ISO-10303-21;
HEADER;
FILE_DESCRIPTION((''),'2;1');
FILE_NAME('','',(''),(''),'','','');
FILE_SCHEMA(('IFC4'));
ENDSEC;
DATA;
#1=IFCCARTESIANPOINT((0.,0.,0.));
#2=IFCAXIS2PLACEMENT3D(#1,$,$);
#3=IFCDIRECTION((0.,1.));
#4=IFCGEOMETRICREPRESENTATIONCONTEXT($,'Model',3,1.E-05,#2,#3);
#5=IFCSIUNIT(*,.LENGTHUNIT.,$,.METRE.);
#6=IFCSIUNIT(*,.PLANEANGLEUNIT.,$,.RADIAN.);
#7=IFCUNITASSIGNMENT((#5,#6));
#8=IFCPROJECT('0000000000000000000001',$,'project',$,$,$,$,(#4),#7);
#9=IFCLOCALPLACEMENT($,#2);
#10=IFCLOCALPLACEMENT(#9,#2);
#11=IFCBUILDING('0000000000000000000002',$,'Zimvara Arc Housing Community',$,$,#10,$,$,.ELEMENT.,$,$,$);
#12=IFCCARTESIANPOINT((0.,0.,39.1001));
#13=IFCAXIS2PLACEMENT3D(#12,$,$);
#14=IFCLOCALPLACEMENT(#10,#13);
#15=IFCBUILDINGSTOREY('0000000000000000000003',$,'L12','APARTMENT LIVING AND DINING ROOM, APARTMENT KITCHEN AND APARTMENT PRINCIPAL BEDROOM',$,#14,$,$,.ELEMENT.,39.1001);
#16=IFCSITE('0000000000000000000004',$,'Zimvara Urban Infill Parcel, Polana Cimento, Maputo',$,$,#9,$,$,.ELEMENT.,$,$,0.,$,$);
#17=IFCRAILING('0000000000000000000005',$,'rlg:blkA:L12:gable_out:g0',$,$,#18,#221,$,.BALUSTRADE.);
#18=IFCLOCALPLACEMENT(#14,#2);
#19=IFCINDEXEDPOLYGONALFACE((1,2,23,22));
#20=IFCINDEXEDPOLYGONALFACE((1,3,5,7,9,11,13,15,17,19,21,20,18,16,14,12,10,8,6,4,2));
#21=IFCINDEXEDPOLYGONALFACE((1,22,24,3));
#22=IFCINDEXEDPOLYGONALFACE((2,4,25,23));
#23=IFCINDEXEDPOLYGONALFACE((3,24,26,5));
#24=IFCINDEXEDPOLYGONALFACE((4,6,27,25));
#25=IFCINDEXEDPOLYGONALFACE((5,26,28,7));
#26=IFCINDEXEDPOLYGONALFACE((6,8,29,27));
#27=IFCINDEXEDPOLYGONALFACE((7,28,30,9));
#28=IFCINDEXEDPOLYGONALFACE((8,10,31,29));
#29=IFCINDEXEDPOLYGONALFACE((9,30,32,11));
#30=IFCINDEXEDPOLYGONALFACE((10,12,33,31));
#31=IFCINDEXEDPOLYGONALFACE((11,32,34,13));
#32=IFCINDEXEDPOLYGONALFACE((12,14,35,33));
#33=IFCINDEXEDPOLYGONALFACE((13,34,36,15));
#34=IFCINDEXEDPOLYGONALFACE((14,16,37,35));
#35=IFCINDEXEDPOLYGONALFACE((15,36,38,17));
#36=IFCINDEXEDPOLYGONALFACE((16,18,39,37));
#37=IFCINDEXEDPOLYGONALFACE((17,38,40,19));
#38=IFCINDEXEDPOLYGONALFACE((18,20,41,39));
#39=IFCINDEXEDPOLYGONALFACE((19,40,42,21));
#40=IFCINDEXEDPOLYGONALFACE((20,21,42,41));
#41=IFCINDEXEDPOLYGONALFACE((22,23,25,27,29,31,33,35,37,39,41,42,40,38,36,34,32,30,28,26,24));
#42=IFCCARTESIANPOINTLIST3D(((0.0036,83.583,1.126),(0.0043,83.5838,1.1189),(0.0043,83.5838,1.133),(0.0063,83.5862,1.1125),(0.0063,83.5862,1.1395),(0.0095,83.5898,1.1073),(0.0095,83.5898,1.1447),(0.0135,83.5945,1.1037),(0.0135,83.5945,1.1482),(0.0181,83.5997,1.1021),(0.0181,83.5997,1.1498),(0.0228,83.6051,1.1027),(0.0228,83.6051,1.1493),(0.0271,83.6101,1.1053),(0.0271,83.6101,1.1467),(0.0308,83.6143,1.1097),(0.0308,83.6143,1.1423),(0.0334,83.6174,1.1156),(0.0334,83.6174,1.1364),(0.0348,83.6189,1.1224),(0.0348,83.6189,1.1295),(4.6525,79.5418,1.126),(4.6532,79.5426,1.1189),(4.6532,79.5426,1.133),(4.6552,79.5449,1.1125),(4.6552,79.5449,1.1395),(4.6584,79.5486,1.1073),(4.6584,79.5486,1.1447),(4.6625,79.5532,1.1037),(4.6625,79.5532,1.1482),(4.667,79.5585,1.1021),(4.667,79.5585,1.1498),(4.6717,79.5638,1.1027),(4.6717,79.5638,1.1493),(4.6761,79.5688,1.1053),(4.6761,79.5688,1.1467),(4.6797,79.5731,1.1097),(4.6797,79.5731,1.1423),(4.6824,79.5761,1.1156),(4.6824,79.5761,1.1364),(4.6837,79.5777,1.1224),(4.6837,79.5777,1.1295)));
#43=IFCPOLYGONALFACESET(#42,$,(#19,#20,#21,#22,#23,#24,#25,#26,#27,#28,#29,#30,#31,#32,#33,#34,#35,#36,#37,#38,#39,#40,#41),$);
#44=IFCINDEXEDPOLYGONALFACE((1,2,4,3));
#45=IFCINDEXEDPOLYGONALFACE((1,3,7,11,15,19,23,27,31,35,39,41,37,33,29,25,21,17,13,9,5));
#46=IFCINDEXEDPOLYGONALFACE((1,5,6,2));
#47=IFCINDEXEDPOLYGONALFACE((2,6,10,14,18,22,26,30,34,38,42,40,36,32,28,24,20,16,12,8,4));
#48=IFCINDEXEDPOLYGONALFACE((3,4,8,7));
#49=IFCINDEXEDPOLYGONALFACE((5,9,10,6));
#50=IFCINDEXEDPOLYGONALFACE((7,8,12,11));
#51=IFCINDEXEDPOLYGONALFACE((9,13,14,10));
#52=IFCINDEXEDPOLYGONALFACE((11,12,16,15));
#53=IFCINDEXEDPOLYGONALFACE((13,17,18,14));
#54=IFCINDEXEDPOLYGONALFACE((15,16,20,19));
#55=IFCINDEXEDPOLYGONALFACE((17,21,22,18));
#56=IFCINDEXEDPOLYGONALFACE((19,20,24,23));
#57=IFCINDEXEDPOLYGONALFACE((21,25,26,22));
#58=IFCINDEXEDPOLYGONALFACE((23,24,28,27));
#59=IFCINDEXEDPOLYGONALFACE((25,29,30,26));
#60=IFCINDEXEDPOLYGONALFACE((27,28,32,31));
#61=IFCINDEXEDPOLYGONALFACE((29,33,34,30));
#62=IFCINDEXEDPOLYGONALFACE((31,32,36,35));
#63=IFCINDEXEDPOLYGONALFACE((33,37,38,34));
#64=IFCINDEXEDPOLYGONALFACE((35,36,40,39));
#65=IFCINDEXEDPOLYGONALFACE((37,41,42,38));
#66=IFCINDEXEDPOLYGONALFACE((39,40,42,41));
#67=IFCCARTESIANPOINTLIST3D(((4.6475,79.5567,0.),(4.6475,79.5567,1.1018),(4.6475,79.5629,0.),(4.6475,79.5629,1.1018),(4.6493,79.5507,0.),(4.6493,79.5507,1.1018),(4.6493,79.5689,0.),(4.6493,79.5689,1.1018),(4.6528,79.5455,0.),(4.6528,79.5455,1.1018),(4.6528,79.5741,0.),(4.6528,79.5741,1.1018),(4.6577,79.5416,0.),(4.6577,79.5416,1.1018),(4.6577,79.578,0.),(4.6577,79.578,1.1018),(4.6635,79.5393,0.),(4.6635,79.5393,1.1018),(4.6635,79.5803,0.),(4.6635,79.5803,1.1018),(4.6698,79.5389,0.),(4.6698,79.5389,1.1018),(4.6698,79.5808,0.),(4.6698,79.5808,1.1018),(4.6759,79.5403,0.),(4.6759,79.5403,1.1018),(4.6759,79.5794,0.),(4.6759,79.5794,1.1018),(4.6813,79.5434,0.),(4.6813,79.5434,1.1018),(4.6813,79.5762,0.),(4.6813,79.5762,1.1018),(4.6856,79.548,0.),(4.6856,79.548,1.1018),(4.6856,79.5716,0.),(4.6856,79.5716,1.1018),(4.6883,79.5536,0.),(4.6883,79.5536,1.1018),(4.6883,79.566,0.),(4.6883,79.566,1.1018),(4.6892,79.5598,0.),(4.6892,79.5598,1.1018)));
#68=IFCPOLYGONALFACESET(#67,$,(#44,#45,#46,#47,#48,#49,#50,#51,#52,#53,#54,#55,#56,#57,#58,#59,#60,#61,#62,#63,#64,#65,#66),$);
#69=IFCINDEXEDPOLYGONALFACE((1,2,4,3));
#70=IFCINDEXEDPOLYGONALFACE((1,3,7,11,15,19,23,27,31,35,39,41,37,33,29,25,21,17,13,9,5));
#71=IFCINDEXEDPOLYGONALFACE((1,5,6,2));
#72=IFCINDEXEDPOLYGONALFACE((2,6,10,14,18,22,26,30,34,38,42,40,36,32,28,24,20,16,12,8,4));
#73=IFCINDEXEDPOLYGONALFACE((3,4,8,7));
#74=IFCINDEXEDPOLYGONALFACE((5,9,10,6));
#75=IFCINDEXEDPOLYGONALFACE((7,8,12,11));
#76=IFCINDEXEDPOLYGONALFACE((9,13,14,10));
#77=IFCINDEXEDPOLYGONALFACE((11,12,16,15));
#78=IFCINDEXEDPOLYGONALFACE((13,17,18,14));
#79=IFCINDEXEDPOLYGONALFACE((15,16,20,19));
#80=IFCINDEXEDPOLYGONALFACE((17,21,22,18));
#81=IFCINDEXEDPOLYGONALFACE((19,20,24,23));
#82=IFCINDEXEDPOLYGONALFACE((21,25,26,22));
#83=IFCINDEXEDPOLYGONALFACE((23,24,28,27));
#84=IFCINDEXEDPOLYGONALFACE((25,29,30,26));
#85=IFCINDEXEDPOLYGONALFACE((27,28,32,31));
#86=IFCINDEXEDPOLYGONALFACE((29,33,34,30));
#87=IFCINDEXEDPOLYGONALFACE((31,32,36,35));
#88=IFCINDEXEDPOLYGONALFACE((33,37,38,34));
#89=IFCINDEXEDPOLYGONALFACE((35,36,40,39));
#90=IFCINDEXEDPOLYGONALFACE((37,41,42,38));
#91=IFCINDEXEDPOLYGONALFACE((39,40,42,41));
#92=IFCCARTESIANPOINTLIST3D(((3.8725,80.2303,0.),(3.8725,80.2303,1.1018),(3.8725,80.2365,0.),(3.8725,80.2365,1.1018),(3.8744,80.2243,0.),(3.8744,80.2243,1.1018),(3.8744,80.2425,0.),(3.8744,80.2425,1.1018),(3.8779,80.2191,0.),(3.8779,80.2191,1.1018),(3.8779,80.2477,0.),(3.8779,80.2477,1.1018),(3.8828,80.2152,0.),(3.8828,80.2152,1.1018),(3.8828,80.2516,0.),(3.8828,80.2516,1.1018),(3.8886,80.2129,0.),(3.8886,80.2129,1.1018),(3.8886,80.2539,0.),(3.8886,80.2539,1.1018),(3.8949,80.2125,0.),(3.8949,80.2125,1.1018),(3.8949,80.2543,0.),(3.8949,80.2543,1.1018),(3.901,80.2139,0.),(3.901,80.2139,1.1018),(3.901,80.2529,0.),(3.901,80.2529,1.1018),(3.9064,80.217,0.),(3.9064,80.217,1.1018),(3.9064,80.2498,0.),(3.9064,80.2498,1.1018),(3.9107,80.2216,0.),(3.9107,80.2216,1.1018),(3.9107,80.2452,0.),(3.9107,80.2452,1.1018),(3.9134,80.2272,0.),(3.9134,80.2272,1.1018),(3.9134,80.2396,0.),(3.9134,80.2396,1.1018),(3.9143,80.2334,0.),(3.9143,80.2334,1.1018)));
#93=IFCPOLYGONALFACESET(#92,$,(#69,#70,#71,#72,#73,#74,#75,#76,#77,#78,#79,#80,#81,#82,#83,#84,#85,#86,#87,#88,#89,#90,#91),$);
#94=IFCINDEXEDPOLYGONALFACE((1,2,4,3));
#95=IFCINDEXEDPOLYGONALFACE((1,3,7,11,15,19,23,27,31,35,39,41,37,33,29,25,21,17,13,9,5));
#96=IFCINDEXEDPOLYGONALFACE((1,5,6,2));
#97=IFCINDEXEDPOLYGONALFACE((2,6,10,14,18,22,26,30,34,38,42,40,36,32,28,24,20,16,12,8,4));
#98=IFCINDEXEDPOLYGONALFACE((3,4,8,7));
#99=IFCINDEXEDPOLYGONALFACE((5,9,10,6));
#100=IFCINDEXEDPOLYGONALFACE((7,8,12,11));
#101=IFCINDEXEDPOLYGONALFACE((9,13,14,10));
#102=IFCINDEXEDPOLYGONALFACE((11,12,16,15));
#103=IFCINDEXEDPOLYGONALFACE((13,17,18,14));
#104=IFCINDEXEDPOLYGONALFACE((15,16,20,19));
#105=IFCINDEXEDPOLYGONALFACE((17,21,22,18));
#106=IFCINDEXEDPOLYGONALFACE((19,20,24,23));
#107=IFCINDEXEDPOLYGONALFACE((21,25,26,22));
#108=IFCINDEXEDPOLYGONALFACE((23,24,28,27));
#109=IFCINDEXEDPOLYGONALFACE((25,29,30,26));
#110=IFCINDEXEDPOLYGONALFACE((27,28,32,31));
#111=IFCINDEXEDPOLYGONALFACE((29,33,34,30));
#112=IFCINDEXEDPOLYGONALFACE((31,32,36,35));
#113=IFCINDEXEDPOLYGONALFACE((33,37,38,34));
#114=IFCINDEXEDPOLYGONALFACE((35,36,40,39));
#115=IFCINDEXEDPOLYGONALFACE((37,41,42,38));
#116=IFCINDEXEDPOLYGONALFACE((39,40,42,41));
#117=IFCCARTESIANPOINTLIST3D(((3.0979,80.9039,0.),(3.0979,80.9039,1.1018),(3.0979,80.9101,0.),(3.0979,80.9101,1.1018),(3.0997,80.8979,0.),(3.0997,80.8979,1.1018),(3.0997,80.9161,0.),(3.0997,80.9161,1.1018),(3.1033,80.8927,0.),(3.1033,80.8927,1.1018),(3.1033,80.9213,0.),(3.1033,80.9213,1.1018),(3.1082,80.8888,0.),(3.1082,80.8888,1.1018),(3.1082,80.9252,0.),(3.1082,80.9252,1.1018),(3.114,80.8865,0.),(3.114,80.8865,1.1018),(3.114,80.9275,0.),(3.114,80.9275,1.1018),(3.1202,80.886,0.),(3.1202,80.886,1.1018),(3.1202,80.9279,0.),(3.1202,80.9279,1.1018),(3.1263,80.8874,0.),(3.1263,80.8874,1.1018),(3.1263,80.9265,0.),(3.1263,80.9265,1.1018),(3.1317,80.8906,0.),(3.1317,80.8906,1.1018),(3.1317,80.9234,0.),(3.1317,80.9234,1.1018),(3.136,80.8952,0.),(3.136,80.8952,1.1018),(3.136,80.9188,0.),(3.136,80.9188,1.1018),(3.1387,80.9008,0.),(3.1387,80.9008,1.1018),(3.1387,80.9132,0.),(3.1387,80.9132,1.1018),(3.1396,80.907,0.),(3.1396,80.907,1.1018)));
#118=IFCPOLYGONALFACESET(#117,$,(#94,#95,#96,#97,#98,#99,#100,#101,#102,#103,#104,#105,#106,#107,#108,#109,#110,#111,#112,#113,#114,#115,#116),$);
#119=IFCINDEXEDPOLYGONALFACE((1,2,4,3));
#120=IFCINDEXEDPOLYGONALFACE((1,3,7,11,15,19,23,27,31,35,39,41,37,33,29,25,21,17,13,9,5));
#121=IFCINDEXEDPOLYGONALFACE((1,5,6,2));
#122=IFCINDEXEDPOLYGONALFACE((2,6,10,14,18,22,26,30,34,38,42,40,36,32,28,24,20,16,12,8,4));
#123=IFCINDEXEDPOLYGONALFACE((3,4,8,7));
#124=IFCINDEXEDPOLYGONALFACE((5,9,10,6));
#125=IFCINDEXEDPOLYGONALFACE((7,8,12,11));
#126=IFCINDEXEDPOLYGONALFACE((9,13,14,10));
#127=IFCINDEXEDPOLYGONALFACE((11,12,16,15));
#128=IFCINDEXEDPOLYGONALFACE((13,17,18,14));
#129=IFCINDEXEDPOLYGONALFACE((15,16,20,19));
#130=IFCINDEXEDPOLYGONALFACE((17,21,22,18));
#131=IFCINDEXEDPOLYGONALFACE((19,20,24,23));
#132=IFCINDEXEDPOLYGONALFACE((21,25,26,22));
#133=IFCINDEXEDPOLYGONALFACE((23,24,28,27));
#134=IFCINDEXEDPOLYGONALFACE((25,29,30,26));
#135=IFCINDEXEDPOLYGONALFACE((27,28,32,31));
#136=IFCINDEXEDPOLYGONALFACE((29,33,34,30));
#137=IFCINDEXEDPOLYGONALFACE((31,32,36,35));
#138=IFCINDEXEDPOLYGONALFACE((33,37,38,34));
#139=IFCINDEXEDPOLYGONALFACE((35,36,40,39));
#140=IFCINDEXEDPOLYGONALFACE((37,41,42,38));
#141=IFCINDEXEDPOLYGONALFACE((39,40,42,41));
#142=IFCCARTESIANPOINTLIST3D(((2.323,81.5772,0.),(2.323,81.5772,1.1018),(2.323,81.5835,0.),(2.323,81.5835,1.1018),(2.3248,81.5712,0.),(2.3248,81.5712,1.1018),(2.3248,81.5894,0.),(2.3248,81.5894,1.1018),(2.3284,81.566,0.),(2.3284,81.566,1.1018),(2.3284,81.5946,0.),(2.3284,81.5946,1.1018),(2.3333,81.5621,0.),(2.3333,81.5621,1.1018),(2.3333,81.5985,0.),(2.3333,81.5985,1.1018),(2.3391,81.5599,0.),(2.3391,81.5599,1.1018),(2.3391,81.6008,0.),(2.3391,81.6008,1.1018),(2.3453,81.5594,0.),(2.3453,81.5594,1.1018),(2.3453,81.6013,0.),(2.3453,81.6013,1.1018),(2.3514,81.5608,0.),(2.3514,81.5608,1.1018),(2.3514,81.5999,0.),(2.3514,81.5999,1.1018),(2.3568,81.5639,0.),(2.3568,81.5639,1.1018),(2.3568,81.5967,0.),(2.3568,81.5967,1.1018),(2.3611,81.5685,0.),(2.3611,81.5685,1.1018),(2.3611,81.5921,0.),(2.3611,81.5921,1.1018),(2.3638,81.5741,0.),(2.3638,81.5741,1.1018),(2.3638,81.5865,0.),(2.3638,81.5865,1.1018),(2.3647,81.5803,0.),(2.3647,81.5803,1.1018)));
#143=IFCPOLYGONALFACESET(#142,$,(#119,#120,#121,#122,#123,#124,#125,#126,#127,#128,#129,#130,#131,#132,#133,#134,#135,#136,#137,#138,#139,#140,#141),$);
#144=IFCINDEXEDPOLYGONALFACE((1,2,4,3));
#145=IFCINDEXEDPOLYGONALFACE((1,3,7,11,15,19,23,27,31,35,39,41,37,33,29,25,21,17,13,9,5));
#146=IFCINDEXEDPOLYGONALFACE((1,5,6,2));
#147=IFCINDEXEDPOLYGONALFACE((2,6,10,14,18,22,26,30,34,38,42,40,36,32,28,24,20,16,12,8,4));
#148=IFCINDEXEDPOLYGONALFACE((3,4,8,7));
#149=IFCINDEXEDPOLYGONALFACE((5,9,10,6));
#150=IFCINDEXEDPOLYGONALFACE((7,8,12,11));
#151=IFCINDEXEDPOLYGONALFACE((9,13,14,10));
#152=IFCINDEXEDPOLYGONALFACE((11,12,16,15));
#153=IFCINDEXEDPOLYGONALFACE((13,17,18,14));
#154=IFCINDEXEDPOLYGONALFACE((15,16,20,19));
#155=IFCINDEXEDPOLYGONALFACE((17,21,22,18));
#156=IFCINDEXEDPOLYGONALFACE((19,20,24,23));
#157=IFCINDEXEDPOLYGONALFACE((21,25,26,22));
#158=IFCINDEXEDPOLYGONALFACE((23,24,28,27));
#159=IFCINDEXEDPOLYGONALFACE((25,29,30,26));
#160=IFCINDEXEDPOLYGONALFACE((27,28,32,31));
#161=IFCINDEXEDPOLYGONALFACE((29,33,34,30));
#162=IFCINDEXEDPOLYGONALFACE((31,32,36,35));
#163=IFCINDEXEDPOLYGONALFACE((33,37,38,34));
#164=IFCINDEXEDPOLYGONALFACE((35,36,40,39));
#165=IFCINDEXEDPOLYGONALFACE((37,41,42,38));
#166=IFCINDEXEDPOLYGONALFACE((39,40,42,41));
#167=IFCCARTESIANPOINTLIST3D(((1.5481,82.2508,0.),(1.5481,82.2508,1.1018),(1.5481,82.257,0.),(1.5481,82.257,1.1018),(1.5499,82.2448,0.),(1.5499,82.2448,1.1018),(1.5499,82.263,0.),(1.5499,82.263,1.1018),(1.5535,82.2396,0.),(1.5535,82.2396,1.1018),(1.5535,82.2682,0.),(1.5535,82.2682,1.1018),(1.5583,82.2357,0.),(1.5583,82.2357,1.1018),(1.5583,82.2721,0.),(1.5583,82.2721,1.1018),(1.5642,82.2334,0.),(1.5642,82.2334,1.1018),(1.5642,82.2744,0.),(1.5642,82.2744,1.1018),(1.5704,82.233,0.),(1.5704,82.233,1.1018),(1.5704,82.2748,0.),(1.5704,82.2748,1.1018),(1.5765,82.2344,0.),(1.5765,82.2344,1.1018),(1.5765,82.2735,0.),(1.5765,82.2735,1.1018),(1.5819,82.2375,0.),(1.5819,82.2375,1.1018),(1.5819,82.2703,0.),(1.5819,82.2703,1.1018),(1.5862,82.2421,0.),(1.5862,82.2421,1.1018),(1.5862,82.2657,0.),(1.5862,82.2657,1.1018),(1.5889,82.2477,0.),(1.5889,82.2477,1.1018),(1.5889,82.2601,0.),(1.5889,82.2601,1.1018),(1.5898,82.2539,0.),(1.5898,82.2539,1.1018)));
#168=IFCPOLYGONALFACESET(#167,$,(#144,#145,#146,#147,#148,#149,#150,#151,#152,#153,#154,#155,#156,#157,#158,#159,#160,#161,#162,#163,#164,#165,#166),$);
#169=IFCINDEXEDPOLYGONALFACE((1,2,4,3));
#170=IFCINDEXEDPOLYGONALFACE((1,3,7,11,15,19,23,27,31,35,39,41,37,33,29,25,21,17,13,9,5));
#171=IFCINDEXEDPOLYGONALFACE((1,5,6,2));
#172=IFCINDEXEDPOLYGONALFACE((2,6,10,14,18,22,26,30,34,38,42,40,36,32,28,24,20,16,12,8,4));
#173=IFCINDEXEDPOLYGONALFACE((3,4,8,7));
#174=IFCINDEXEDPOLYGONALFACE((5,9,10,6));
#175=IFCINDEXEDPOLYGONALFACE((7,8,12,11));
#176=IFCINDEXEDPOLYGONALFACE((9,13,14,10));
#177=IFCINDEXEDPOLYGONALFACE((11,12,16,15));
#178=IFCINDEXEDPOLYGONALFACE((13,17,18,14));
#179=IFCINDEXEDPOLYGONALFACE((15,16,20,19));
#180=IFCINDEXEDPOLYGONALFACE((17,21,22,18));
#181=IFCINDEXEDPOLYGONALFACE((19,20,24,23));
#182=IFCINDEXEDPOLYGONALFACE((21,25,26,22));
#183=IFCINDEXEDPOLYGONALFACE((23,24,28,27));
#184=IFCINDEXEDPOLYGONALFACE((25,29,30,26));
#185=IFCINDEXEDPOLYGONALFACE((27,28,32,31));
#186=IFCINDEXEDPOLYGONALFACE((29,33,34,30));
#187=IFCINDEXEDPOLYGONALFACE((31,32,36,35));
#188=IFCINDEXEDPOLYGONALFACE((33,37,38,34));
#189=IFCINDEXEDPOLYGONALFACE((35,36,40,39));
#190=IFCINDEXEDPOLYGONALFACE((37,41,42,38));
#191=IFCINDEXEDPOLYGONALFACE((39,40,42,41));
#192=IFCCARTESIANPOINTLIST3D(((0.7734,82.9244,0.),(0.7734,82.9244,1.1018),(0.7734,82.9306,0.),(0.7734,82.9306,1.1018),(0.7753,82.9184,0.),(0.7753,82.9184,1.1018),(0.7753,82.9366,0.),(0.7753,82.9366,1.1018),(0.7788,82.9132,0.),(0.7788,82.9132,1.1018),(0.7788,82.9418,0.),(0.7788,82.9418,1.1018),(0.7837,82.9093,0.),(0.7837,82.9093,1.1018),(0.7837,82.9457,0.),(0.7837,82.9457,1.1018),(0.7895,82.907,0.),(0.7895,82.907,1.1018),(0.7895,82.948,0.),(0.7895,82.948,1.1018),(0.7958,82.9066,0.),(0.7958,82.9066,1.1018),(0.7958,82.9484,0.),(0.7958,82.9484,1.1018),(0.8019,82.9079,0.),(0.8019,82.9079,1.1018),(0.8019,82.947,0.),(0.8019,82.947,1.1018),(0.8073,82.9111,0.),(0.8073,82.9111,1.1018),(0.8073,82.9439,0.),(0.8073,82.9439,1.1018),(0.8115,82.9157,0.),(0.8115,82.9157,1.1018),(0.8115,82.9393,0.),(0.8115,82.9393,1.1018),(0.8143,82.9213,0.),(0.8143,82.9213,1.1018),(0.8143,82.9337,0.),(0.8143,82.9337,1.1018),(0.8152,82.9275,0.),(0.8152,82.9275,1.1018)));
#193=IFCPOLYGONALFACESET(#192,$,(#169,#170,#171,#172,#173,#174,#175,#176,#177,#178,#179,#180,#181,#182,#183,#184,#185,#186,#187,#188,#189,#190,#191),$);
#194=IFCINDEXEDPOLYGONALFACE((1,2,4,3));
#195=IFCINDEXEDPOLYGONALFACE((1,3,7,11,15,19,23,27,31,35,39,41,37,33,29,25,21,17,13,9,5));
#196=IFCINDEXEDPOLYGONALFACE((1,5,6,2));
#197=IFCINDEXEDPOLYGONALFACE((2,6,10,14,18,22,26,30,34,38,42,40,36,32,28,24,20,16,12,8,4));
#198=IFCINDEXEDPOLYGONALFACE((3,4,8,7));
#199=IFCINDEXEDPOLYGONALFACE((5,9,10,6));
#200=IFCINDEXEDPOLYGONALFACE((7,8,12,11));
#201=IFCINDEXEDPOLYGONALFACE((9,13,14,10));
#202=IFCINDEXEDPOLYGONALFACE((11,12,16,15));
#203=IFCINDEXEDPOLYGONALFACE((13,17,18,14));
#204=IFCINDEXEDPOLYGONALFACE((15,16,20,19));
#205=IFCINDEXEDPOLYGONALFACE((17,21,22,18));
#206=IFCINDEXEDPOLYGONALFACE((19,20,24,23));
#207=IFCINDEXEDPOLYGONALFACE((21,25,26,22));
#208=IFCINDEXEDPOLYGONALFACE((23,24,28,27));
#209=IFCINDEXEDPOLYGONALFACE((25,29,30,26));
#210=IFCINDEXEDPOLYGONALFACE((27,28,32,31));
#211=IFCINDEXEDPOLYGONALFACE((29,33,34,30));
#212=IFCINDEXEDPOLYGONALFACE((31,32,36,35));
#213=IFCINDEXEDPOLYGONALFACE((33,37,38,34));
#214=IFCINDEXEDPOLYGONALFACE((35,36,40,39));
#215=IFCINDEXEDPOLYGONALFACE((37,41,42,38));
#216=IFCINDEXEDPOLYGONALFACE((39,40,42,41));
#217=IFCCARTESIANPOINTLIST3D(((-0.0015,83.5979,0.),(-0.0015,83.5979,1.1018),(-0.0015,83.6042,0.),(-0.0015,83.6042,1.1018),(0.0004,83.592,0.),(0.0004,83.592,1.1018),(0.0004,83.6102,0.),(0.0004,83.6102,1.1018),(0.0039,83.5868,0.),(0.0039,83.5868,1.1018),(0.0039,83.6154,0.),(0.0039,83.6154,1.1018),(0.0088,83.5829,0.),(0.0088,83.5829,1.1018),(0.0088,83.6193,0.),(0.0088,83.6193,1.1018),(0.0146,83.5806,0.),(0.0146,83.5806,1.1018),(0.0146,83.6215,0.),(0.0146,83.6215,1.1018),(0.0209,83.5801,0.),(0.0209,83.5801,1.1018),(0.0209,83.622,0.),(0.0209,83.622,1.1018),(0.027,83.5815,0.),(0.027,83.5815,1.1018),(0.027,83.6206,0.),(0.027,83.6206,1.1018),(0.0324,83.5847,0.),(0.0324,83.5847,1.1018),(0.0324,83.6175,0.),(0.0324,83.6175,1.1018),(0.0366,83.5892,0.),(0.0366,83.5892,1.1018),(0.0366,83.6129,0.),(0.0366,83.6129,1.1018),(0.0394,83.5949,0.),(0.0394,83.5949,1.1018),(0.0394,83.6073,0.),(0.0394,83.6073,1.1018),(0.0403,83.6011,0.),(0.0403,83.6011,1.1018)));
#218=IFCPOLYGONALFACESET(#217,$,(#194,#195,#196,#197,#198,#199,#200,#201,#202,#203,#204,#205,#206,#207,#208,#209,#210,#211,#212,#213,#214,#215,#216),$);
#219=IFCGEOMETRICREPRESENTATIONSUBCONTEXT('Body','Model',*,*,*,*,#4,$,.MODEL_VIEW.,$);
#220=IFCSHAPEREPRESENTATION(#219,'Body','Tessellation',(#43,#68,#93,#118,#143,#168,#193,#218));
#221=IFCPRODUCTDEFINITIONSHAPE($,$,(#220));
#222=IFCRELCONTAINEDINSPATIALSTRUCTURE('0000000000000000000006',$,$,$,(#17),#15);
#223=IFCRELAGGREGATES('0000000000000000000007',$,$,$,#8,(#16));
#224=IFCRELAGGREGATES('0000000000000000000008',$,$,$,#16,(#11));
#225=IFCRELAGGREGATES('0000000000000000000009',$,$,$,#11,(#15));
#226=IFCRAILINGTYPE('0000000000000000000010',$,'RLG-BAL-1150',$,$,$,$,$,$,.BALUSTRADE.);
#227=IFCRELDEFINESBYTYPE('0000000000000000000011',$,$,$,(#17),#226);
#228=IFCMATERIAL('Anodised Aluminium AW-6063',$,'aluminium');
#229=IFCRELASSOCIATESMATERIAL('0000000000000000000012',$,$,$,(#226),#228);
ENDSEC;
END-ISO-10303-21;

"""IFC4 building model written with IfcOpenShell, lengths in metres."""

from ifc_helpers import new_model, si_unit, direction, frame, origin, origin_2d, place, context, subcontext, project, spatial, circle, extrude, material, type_object, element, save


model = new_model("IFC4")

# Units and contexts
model_context = context("Model", 3, precision=1e-05, world=origin(), true_north=direction((0.0, 1.0)))
body_context = subcontext(model_context, "Body", "Model", "MODEL_VIEW")
ifc_project = project(units=[si_unit("LENGTHUNIT", "METRE"), si_unit("PLANEANGLEUNIT", "RADIAN")], contexts=[model_context])

# Site, building, storey
site_placement = place(None, origin())
site = spatial("IfcSite", under=ifc_project, at=site_placement, Name="Zimvara Urban Infill Parcel, Polana Cimento, Maputo", CompositionType="ELEMENT", RefElevation=0.0)
building_placement = place(site_placement, origin())
building = spatial("IfcBuilding", under=site, at=building_placement, Name="Zimvara Arc Housing Community", CompositionType="ELEMENT")
storey_placement = place(building_placement, frame((0.0, 0.0, 39.1001)))
storey = spatial("IfcBuildingStorey", under=building, at=storey_placement, Name="L12", Description="APARTMENT LIVING AND DINING ROOM, APARTMENT KITCHEN AND APARTMENT PRINCIPAL BEDROOM", CompositionType="ELEMENT", Elevation=39.1001)

# Railing
ifc_material_1 = material(Name="Anodised Aluminium AW-6063", Category="aluminium")
railing_type = type_object("IfcRailingType", Name="RLG-BAL-1150", PredefinedType="BALUSTRADE", material=ifc_material_1)
railing_placement = place(storey_placement, frame((4.6682, 79.5598, 0.0)))
element("IfcRailing", 1, at=railing_placement, inside=storey, type_object=railing_type, Name="rlg:blkA:L12:gable_out:g0", PredefinedType="BALUSTRADE", context=body_context, shape_type="SweptSolid", body=[
    extrude(circle(Radius=0.0239, at=origin_2d()), frame((0.0, 0.0, 1.126), z_axis=(-0.754709, 0.65606, 0.0), x_axis=(-0.65606, -0.754709, 0.0)), (0.0, 0.0, 1.0), 6.1599),
    extrude(circle(Radius=0.021, at=origin_2d()), origin(), (0.0, 0.0, 1.0), 1.1018),
    extrude(circle(Radius=0.021, at=origin_2d()), frame((-0.7749, 0.6736, 0.0)), (0.0, 0.0, 1.0), 1.1018),
    extrude(circle(Radius=0.021, at=origin_2d()), frame((-1.5496, 1.3472, 0.0)), (0.0, 0.0, 1.0), 1.1018),
    extrude(circle(Radius=0.021, at=origin_2d()), frame((-2.3245, 2.0205, 0.0)), (0.0, 0.0, 1.0), 1.1018),
    extrude(circle(Radius=0.021, at=origin_2d()), frame((-3.0994, 2.6941, 0.0)), (0.0, 0.0, 1.0), 1.1018),
    extrude(circle(Radius=0.021, at=origin_2d()), frame((-3.874, 3.3677, 0.0)), (0.0, 0.0, 1.0), 1.1018),
    extrude(circle(Radius=0.021, at=origin_2d()), frame((-4.6489, 4.0413, 0.0)), (0.0, 0.0, 1.0), 1.1018),
])

save(model, "model.ifc")
